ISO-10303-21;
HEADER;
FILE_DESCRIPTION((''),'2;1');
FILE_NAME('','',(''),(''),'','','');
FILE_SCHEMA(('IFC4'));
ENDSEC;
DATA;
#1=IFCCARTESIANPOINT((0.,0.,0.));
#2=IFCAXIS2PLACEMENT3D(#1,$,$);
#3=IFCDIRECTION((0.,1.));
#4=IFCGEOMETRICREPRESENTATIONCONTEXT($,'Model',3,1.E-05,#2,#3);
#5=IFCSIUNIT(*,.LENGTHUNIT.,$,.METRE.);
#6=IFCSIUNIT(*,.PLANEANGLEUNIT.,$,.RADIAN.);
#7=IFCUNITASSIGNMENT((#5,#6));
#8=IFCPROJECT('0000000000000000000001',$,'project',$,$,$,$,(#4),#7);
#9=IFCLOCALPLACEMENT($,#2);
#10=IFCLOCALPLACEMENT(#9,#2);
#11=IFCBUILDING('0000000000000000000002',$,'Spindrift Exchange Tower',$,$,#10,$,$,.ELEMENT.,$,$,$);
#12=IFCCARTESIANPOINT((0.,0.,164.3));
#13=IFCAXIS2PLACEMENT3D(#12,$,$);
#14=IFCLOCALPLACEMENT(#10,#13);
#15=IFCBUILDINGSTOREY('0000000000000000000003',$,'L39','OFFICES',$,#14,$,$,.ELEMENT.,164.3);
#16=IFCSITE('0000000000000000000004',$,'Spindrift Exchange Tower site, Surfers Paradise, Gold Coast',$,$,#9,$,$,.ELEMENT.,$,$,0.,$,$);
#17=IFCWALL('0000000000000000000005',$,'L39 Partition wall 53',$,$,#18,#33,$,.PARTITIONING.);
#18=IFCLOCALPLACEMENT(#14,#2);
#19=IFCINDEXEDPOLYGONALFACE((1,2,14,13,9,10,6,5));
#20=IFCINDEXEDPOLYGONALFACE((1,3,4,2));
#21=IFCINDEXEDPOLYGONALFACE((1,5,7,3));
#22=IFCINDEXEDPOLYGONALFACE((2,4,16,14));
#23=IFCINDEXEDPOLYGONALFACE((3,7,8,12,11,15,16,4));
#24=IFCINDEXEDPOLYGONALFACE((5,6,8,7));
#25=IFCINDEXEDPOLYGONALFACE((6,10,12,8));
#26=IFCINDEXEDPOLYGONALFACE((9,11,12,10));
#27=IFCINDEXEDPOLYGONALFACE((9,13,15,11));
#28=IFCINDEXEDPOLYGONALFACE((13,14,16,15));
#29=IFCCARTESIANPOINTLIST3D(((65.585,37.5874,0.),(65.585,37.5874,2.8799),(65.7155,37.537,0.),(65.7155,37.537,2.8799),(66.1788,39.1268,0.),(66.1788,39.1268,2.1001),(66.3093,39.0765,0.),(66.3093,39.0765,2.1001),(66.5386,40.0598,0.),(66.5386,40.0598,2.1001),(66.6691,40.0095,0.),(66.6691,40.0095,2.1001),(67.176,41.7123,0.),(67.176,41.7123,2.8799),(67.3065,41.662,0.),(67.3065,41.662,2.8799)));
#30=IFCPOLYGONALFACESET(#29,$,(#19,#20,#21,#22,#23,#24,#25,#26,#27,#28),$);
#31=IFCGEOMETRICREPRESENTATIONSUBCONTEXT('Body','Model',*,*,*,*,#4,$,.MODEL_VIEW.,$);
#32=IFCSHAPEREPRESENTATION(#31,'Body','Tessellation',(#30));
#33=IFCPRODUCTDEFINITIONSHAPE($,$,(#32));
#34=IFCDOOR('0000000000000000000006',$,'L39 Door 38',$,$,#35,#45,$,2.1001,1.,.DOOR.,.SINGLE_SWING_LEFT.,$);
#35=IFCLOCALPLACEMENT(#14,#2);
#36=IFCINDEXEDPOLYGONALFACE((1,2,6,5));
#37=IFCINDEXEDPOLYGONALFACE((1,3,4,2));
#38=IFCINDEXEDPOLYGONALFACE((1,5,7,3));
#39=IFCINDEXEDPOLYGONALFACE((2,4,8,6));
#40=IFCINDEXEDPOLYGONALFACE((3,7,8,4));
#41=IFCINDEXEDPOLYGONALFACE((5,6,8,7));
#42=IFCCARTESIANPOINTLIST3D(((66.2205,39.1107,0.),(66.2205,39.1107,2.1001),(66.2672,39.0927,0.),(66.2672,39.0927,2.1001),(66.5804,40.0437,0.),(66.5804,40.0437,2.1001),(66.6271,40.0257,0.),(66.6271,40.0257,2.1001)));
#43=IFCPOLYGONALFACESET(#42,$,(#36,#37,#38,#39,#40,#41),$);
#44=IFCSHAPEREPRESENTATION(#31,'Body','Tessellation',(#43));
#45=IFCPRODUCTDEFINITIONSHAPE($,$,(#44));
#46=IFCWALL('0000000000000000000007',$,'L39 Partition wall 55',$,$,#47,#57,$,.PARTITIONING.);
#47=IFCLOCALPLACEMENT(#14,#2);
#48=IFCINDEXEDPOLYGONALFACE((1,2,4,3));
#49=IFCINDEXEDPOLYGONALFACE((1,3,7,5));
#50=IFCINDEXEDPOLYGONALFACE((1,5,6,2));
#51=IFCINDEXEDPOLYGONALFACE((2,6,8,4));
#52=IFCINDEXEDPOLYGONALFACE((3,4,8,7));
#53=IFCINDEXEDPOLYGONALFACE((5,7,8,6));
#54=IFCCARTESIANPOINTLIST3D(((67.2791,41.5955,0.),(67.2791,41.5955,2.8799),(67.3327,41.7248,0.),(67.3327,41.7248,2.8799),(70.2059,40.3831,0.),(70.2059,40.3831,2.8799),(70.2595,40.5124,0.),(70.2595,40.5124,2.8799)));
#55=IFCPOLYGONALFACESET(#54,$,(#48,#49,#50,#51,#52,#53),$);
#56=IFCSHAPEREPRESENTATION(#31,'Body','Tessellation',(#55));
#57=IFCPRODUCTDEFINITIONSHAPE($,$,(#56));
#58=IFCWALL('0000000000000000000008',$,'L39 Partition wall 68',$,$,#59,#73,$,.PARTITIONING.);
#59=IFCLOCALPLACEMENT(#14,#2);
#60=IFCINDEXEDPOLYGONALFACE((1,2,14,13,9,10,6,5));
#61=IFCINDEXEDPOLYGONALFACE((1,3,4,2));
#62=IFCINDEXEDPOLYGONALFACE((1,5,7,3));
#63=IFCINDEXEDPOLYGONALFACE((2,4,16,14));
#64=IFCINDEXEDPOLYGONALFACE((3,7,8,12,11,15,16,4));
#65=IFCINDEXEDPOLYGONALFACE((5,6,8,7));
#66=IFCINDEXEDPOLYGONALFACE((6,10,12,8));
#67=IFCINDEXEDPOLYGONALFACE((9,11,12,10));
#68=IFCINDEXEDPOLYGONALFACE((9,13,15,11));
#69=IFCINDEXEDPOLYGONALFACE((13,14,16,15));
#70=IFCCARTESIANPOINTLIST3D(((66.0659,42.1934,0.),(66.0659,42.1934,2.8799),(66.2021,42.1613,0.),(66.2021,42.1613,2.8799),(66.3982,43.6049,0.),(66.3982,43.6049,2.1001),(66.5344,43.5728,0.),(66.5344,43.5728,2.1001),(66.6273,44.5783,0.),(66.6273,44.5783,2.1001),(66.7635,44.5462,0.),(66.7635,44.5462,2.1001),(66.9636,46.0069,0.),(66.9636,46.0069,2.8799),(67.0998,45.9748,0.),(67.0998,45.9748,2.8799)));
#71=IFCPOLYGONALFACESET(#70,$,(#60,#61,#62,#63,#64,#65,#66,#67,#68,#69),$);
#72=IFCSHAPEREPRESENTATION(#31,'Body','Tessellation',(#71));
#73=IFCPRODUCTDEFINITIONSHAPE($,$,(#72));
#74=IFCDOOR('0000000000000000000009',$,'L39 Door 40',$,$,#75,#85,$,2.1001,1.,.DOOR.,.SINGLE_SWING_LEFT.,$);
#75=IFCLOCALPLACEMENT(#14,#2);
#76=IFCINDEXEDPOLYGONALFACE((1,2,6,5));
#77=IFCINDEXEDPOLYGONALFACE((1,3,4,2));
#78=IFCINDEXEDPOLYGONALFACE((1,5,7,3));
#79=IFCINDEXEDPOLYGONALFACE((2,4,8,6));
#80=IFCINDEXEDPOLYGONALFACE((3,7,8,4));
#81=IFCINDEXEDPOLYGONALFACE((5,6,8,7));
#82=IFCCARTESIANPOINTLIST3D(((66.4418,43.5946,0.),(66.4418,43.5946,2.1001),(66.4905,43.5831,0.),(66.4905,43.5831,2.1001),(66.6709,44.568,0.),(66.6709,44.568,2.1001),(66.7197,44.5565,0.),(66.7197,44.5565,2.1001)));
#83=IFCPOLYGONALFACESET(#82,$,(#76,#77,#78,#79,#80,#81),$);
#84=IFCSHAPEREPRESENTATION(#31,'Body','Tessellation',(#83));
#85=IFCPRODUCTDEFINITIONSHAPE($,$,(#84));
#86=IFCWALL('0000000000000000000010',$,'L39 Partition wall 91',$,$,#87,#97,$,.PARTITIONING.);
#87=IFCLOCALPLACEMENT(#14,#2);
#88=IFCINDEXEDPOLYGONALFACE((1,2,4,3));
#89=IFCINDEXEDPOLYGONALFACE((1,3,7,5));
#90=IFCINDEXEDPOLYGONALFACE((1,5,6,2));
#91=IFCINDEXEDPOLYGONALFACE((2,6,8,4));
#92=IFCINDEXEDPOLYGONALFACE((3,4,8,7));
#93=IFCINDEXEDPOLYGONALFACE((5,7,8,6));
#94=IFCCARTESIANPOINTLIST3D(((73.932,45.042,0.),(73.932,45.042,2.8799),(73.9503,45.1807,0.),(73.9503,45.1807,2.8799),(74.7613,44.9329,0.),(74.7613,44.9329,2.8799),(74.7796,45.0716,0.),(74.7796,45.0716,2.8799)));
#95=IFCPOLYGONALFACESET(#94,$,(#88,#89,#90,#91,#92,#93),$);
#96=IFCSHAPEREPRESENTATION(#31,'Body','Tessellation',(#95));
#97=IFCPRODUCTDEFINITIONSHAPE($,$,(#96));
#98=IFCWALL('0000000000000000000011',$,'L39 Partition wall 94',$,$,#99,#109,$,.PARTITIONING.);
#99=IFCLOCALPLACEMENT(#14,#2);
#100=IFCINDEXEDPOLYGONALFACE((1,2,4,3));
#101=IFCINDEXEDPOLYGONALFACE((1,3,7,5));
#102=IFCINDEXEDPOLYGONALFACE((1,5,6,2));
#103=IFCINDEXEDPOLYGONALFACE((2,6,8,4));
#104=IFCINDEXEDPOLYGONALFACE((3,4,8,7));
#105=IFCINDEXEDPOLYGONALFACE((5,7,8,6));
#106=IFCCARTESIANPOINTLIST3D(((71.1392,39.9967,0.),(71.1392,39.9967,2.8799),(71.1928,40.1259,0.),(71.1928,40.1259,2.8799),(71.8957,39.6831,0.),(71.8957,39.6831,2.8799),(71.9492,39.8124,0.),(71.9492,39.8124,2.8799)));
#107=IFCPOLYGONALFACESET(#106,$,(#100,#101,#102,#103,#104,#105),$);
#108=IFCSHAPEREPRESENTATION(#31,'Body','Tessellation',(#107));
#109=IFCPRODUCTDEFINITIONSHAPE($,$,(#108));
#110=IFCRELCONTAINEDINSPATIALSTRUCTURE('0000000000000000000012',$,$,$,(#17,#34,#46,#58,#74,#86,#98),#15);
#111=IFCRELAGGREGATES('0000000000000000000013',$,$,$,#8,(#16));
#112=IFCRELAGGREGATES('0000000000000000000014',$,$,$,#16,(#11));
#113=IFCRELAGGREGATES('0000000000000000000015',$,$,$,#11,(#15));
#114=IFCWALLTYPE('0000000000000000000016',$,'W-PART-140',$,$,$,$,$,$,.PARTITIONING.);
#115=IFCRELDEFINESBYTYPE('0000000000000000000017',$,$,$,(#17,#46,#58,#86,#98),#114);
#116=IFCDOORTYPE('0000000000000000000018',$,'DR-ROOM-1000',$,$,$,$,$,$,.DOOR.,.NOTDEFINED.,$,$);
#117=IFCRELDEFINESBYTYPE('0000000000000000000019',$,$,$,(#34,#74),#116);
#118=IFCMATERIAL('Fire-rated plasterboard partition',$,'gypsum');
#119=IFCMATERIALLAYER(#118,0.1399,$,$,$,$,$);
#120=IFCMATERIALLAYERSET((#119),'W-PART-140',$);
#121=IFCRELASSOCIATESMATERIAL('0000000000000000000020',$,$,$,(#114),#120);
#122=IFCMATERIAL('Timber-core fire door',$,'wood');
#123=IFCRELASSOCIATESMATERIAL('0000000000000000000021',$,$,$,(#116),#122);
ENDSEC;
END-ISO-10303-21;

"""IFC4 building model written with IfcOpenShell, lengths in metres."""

from ifc_helpers import new_model, si_unit, direction, frame, frame_2d, origin, place, context, subcontext, project, spatial, rectangle, extrude, source, transform, mapped, material, layer, layer_set, type_object, element, fill, save


model = new_model("IFC4")

# Units and contexts
model_context = context("Model", 3, precision=1e-05, world=origin(), true_north=direction((0.0, 1.0)))
body_context = subcontext(model_context, "Body", "Model", "MODEL_VIEW")
ifc_project = project(units=[si_unit("LENGTHUNIT", "METRE"), si_unit("PLANEANGLEUNIT", "RADIAN")], contexts=[model_context])

# Site, building, storey
site_placement = place(None, origin())
site = spatial("IfcSite", under=ifc_project, at=site_placement, Name="Spindrift Exchange Tower site, Surfers Paradise, Gold Coast", CompositionType="ELEMENT", RefElevation=0.0)
building_placement = place(site_placement, origin())
building = spatial("IfcBuilding", under=site, at=building_placement, Name="Spindrift Exchange Tower", CompositionType="ELEMENT")
storey_placement = place(building_placement, frame((0.0, 0.0, 164.3)))
storey = spatial("IfcBuildingStorey", under=building, at=storey_placement, Name="L39", Description="OFFICES", CompositionType="ELEMENT", Elevation=164.3)

# Shared definitions
ifc_material_1 = material(Name="Fire-rated plasterboard partition", Category="gypsum")
ifc_layer_1 = layer(ifc_material_1, 0.1399)
ifc_layer_set_1 = layer_set([ifc_layer_1], Name="W-PART-140")
wall_type = type_object("IfcWallType", Name="W-PART-140", PredefinedType="PARTITIONING", material=ifc_layer_set_1)

# Wall, opening, door
wall_1_placement = place(storey_placement, frame((67.2412, 41.687, 0.0), z_axis=(0.0, 0.0, 1.0), x_axis=(-0.359871, -0.933002, 0.0)))
wall_1 = element("IfcWall", 1, at=wall_1_placement, inside=storey, type_object=wall_type, Name="L39 Partition wall 53", PredefinedType="PARTITIONING", context=body_context, shape_type="SweptSolid", body=[
    extrude(rectangle(XDim=4.4211, YDim=0.1399, at=frame_2d((2.2104, 0.0))), origin(), (0.0, 0.0, 1.0), 2.8799),
])
opening_1_placement = place(wall_1_placement, frame((1.771, 0.0, 0.0)))
opening_1 = element("IfcOpeningElement", 2, at=opening_1_placement, cuts=wall_1, PredefinedType="OPENING", context=body_context, shape_type="SweptSolid", body=[
    extrude(rectangle(XDim=1.0, YDim=2.1001, at=frame_2d((0.5, 1.05))), frame((0.0, 0.0798, 0.0), z_axis=(0.0, -1.0, 0.0), x_axis=(1.0, 0.0, 0.0)), (0.0, 0.0, 1.0), 0.1599),
])
ifc_material_2 = material(Name="Timber-core fire door", Category="wood")
door_type = type_object("IfcDoorType", Name="DR-ROOM-1000", OperationType="NOTDEFINED", PredefinedType="DOOR", material=ifc_material_2)
shared_shape_1 = source(origin(), body_context, "Body", "SweptSolid", [
    extrude(rectangle(XDim=1.0, YDim=2.1001, at=frame_2d((0.5, 1.05))), frame((0.0, 0.0249, 0.0), z_axis=(0.0, -1.0, 0.0), x_axis=(1.0, 0.0, 0.0)), (0.0, 0.0, 1.0), 0.05),
])
door_1_placement = place(opening_1_placement, origin())
door_1 = element("IfcDoor", 3, at=door_1_placement, inside=storey, type_object=door_type, Name="L39 Door 38", OperationType="SINGLE_SWING_LEFT", OverallHeight=2.1001, OverallWidth=1.0, PredefinedType="DOOR", context=body_context, shape_type="MappedRepresentation", body=[
    mapped(shared_shape_1, transform((0.0, 0.0, 0.0), scale=1.0)),
])
fill(opening_1, door_1)

# Wall
wall_2_placement = place(storey_placement, frame((67.3059, 41.6602, 0.0), z_axis=(0.0, 0.0, 1.0), x_axis=(0.923868, -0.38271, 0.0)))
element("IfcWall", 4, at=wall_2_placement, inside=storey, type_object=wall_type, Name="L39 Partition wall 55", PredefinedType="PARTITIONING", context=body_context, shape_type="SweptSolid", body=[
    extrude(rectangle(XDim=3.168, YDim=0.1399, at=frame_2d((1.584, 0.0))), origin(), (0.0, 0.0, 1.0), 2.8799),
])

# Wall, opening, door
wall_3_placement = place(storey_placement, frame((67.0317, 45.991, 0.0), z_axis=(0.0, 0.0, 1.0), x_axis=(-0.22914, -0.973393, 0.0)))
wall_3 = element("IfcWall", 5, at=wall_3_placement, inside=storey, type_object=wall_type, Name="L39 Partition wall 68", PredefinedType="PARTITIONING", context=body_context, shape_type="SweptSolid", body=[
    extrude(rectangle(XDim=3.9177, YDim=0.1399, at=frame_2d((1.959, 0.0))), origin(), (0.0, 0.0, 1.0), 2.8799),
])
opening_2_placement = place(wall_3_placement, frame((1.4678, 0.0, 0.0)))
opening_2 = element("IfcOpeningElement", 6, at=opening_2_placement, cuts=wall_3, PredefinedType="OPENING", context=body_context, shape_type="SweptSolid", body=[
    extrude(rectangle(XDim=1.0, YDim=2.1001, at=frame_2d((0.5, 1.05))), frame((0.0, 0.0798, 0.0), z_axis=(0.0, -1.0, 0.0), x_axis=(1.0, 0.0, 0.0)), (0.0, 0.0, 1.0), 0.1599),
])
door_2_placement = place(opening_2_placement, origin())
door_2 = element("IfcDoor", 7, at=door_2_placement, inside=storey, type_object=door_type, Name="L39 Door 40", OperationType="SINGLE_SWING_LEFT", OverallHeight=2.1001, OverallWidth=1.0, PredefinedType="DOOR", context=body_context, shape_type="MappedRepresentation", body=[
    mapped(shared_shape_1, transform((0.0, 0.0, 0.0), scale=1.0)),
])
fill(opening_2, door_2)

# Walls
wall_4_placement = place(storey_placement, frame((73.9412, 45.1113, 0.0), z_axis=(0.0, 0.0, 1.0), x_axis=(0.991453, -0.130462, 0.0)))
element("IfcWall", 8, at=wall_4_placement, inside=storey, type_object=wall_type, Name="L39 Partition wall 91", PredefinedType="PARTITIONING", context=body_context, shape_type="SweptSolid", body=[
    extrude(rectangle(XDim=0.8364, YDim=0.1399, at=frame_2d((0.4182, 0.0))), origin(), (0.0, 0.0, 1.0), 2.8799),
])
wall_5_placement = place(storey_placement, frame((71.166, 40.0613, 0.0), z_axis=(0.0, 0.0, 1.0), x_axis=(0.923799, -0.382878, 0.0)))
element("IfcWall", 9, at=wall_5_placement, inside=storey, type_object=wall_type, Name="L39 Partition wall 94", PredefinedType="PARTITIONING", context=body_context, shape_type="SweptSolid", body=[
    extrude(rectangle(XDim=0.8188, YDim=0.1399, at=frame_2d((0.4094, 0.0))), origin(), (0.0, 0.0, 1.0), 2.8799),
])

save(model, "model.ifc")
